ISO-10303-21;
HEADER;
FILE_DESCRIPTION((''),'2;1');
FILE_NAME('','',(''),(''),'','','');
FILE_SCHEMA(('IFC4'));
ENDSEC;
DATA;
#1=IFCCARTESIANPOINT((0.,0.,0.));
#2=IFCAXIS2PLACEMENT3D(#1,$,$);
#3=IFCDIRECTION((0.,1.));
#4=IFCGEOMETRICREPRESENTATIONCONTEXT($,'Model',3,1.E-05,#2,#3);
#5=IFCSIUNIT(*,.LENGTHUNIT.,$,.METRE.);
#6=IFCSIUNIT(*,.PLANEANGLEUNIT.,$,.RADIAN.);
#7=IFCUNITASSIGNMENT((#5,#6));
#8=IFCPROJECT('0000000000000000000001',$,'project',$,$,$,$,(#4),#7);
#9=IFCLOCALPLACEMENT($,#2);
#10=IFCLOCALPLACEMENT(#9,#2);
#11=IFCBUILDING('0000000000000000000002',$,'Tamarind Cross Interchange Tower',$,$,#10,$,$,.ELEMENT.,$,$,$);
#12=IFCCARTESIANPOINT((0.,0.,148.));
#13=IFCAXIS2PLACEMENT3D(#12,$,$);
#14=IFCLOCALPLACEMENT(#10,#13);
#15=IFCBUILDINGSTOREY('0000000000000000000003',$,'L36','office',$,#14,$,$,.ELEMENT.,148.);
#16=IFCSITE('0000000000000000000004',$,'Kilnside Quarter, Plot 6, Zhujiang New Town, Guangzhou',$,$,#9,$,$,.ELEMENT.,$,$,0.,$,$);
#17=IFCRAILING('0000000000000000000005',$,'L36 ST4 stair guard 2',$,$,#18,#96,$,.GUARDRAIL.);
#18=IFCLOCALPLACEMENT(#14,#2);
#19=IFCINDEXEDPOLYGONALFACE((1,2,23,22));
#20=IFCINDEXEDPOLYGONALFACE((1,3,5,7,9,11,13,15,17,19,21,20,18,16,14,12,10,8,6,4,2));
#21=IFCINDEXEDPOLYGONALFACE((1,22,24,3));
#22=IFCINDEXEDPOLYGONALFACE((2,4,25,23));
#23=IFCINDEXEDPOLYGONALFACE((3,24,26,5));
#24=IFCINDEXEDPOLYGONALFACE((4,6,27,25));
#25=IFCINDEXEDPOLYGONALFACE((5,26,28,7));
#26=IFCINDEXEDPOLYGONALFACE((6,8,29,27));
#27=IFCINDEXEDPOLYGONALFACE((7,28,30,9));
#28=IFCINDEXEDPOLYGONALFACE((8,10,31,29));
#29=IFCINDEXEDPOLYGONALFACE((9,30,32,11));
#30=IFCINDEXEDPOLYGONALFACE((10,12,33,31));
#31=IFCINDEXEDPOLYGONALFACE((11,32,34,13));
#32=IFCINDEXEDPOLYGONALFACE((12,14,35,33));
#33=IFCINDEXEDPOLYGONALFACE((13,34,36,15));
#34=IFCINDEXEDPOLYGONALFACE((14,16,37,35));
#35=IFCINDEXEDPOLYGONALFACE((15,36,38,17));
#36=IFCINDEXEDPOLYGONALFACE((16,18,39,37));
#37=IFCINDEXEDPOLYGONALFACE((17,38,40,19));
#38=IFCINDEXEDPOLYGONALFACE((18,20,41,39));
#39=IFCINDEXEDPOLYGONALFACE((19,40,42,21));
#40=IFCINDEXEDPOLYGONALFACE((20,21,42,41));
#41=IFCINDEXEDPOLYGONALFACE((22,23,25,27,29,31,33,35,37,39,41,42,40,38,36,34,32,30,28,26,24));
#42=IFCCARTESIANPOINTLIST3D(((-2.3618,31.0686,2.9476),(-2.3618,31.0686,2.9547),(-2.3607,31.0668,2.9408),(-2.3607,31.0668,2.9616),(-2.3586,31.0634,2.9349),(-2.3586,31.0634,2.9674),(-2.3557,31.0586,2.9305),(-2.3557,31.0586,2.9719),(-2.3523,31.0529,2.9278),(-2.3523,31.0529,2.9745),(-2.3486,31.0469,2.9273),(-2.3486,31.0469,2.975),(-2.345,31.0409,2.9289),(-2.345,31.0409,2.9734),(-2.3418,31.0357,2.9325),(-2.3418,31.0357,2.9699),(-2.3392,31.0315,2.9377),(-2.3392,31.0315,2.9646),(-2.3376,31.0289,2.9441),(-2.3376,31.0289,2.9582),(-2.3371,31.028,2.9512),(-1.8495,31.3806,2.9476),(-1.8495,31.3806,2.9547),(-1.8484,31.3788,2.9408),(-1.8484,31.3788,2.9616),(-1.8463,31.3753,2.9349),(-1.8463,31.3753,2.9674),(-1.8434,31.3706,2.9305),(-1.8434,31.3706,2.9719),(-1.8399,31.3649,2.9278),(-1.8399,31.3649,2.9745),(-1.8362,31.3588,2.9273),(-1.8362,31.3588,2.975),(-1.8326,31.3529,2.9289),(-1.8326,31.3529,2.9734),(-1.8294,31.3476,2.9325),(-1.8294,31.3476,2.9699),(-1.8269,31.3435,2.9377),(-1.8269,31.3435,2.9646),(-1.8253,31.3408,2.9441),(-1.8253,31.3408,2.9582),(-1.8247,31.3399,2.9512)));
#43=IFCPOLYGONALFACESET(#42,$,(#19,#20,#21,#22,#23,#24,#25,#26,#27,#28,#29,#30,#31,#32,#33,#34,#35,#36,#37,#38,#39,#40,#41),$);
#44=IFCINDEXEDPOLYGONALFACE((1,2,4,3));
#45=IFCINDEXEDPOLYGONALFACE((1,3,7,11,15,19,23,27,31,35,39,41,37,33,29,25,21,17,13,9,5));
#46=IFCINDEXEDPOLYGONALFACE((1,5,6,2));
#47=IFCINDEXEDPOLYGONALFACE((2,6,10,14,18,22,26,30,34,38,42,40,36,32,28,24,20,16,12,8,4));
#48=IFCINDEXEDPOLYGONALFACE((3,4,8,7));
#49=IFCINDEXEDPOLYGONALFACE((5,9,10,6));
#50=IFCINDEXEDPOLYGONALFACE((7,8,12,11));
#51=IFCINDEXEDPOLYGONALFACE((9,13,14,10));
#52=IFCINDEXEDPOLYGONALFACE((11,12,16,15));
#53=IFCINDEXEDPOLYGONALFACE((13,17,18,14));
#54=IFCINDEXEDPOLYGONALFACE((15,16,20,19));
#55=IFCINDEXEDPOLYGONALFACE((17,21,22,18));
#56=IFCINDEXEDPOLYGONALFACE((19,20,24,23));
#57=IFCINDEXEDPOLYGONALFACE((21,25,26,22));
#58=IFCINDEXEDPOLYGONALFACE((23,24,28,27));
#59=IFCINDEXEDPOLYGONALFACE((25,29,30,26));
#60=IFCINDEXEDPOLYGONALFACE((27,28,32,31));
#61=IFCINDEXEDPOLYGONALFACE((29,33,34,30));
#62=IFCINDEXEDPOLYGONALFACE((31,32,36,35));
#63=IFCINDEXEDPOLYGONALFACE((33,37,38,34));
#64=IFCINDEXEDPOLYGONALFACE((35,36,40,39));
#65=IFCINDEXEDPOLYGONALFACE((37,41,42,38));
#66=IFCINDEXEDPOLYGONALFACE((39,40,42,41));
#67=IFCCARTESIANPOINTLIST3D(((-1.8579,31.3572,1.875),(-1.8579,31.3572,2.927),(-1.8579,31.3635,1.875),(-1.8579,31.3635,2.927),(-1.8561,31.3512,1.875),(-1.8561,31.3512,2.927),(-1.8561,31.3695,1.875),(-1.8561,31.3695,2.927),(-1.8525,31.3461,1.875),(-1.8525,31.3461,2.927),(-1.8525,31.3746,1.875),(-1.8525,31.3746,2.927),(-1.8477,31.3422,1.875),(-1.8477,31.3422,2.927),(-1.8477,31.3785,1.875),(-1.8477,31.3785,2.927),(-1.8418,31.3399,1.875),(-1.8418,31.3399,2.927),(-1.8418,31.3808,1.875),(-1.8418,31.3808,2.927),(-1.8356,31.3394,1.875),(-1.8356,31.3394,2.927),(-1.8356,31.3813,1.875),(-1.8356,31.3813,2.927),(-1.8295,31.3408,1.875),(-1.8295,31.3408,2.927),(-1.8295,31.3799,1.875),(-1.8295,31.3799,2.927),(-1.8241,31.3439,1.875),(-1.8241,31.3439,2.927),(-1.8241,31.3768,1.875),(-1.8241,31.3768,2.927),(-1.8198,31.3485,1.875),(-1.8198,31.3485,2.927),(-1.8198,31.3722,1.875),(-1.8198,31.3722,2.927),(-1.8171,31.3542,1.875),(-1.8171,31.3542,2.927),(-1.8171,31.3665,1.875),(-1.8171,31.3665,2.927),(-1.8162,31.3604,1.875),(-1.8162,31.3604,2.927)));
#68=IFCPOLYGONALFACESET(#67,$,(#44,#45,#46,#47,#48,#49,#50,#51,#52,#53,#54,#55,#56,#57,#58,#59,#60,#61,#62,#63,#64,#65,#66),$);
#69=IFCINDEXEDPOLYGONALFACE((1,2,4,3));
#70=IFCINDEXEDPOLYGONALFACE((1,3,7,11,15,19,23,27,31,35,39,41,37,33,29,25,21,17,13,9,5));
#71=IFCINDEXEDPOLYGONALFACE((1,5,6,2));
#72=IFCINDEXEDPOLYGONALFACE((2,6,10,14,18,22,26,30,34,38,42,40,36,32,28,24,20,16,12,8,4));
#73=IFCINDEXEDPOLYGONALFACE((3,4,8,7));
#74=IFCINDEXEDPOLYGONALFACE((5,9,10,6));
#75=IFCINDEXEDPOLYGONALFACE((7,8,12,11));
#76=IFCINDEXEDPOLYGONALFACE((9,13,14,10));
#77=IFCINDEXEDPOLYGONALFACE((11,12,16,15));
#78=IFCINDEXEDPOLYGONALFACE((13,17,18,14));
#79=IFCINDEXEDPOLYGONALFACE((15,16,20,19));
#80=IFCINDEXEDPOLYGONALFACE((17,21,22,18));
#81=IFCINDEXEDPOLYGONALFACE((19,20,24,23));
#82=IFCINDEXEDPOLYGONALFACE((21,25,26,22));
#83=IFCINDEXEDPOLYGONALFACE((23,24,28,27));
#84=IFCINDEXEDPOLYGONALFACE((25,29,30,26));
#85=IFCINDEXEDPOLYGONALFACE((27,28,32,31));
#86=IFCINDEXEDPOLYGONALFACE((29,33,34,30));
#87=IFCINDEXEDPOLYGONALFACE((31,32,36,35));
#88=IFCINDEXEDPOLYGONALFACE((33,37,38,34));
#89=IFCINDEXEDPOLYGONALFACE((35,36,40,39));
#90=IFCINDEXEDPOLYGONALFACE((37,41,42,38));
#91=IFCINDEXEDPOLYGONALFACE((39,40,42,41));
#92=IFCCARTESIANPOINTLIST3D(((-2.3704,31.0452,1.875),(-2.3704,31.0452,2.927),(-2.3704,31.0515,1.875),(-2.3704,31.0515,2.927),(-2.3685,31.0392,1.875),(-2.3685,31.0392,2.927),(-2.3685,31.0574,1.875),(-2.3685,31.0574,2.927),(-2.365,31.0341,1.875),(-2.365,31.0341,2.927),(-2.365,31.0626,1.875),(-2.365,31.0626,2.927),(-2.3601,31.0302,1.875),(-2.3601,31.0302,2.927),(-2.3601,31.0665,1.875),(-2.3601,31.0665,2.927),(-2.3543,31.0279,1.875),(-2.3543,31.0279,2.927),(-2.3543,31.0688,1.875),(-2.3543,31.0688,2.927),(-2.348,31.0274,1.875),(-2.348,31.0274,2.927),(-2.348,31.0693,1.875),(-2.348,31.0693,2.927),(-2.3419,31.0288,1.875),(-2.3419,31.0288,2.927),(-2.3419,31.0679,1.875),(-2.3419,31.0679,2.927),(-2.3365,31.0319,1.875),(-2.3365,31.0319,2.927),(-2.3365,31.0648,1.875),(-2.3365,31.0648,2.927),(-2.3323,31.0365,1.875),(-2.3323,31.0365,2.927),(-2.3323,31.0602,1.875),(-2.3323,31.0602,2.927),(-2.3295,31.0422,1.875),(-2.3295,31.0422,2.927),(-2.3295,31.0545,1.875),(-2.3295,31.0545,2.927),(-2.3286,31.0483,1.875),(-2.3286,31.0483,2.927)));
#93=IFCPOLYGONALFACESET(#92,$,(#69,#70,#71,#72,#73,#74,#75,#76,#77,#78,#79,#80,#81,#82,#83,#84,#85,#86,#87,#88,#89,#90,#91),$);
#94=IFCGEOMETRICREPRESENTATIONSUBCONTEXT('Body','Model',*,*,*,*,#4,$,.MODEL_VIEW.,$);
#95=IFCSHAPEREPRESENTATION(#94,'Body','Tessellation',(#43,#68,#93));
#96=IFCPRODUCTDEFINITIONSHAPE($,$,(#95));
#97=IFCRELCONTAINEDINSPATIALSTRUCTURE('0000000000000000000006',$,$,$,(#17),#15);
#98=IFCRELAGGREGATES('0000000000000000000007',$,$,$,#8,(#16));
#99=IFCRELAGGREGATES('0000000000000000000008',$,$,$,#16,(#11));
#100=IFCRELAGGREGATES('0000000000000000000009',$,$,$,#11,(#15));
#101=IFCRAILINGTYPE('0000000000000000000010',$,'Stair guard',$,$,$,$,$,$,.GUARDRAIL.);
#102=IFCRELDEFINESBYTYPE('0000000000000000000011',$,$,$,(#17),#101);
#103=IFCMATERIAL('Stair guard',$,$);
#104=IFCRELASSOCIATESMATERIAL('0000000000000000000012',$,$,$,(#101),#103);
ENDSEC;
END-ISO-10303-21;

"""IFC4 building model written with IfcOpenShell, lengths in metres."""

from ifc_helpers import new_model, si_unit, direction, frame, origin, origin_2d, place, context, subcontext, project, spatial, circle, extrude, material, type_object, element, save


model = new_model("IFC4")

# Units and contexts
model_context = context("Model", 3, precision=1e-05, world=origin(), true_north=direction((0.0, 1.0)))
body_context = subcontext(model_context, "Body", "Model", "MODEL_VIEW")
ifc_project = project(units=[si_unit("LENGTHUNIT", "METRE"), si_unit("PLANEANGLEUNIT", "RADIAN")], contexts=[model_context])

# Site, building, storey
site_placement = place(None, origin())
site = spatial("IfcSite", under=ifc_project, at=site_placement, Name="Kilnside Quarter, Plot 6, Zhujiang New Town, Guangzhou", CompositionType="ELEMENT", RefElevation=0.0)
building_placement = place(site_placement, origin())
building = spatial("IfcBuilding", under=site, at=building_placement, Name="Tamarind Cross Interchange Tower", CompositionType="ELEMENT")
storey_placement = place(building_placement, frame((0.0, 0.0, 148.0)))
storey = spatial("IfcBuildingStorey", under=building, at=storey_placement, Name="L36", Description="office", CompositionType="ELEMENT", Elevation=148.0)

# Railing
ifc_material_1 = material(Name="Stair guard")
railing_type_1 = type_object("IfcRailingType", Name="Stair guard", PredefinedType="GUARDRAIL", material=ifc_material_1)
railing_1_placement = place(storey_placement, frame((-1.8372, 31.3604, 1.875)))
element("IfcRailing", 1, at=railing_1_placement, inside=storey, type_object=railing_type_1, Name="L36 ST4 stair guard 2", PredefinedType="GUARDRAIL", context=body_context, shape_type="SweptSolid", body=[
    extrude(circle(Radius=0.0239, at=origin_2d()), frame((0.0, 0.0, 1.0762), z_axis=(-0.854136, -0.52005, 0.0), x_axis=(0.52005, -0.854136, 0.0)), (0.0, 0.0, 1.0), 0.5999),
    extrude(circle(Radius=0.021, at=origin_2d()), origin(), (0.0, 0.0, 1.0), 1.052),
    extrude(circle(Radius=0.021, at=origin_2d()), frame((-0.5125, -0.312, 0.0)), (0.0, 0.0, 1.0), 1.052),
])

save(model, "model.ifc")
